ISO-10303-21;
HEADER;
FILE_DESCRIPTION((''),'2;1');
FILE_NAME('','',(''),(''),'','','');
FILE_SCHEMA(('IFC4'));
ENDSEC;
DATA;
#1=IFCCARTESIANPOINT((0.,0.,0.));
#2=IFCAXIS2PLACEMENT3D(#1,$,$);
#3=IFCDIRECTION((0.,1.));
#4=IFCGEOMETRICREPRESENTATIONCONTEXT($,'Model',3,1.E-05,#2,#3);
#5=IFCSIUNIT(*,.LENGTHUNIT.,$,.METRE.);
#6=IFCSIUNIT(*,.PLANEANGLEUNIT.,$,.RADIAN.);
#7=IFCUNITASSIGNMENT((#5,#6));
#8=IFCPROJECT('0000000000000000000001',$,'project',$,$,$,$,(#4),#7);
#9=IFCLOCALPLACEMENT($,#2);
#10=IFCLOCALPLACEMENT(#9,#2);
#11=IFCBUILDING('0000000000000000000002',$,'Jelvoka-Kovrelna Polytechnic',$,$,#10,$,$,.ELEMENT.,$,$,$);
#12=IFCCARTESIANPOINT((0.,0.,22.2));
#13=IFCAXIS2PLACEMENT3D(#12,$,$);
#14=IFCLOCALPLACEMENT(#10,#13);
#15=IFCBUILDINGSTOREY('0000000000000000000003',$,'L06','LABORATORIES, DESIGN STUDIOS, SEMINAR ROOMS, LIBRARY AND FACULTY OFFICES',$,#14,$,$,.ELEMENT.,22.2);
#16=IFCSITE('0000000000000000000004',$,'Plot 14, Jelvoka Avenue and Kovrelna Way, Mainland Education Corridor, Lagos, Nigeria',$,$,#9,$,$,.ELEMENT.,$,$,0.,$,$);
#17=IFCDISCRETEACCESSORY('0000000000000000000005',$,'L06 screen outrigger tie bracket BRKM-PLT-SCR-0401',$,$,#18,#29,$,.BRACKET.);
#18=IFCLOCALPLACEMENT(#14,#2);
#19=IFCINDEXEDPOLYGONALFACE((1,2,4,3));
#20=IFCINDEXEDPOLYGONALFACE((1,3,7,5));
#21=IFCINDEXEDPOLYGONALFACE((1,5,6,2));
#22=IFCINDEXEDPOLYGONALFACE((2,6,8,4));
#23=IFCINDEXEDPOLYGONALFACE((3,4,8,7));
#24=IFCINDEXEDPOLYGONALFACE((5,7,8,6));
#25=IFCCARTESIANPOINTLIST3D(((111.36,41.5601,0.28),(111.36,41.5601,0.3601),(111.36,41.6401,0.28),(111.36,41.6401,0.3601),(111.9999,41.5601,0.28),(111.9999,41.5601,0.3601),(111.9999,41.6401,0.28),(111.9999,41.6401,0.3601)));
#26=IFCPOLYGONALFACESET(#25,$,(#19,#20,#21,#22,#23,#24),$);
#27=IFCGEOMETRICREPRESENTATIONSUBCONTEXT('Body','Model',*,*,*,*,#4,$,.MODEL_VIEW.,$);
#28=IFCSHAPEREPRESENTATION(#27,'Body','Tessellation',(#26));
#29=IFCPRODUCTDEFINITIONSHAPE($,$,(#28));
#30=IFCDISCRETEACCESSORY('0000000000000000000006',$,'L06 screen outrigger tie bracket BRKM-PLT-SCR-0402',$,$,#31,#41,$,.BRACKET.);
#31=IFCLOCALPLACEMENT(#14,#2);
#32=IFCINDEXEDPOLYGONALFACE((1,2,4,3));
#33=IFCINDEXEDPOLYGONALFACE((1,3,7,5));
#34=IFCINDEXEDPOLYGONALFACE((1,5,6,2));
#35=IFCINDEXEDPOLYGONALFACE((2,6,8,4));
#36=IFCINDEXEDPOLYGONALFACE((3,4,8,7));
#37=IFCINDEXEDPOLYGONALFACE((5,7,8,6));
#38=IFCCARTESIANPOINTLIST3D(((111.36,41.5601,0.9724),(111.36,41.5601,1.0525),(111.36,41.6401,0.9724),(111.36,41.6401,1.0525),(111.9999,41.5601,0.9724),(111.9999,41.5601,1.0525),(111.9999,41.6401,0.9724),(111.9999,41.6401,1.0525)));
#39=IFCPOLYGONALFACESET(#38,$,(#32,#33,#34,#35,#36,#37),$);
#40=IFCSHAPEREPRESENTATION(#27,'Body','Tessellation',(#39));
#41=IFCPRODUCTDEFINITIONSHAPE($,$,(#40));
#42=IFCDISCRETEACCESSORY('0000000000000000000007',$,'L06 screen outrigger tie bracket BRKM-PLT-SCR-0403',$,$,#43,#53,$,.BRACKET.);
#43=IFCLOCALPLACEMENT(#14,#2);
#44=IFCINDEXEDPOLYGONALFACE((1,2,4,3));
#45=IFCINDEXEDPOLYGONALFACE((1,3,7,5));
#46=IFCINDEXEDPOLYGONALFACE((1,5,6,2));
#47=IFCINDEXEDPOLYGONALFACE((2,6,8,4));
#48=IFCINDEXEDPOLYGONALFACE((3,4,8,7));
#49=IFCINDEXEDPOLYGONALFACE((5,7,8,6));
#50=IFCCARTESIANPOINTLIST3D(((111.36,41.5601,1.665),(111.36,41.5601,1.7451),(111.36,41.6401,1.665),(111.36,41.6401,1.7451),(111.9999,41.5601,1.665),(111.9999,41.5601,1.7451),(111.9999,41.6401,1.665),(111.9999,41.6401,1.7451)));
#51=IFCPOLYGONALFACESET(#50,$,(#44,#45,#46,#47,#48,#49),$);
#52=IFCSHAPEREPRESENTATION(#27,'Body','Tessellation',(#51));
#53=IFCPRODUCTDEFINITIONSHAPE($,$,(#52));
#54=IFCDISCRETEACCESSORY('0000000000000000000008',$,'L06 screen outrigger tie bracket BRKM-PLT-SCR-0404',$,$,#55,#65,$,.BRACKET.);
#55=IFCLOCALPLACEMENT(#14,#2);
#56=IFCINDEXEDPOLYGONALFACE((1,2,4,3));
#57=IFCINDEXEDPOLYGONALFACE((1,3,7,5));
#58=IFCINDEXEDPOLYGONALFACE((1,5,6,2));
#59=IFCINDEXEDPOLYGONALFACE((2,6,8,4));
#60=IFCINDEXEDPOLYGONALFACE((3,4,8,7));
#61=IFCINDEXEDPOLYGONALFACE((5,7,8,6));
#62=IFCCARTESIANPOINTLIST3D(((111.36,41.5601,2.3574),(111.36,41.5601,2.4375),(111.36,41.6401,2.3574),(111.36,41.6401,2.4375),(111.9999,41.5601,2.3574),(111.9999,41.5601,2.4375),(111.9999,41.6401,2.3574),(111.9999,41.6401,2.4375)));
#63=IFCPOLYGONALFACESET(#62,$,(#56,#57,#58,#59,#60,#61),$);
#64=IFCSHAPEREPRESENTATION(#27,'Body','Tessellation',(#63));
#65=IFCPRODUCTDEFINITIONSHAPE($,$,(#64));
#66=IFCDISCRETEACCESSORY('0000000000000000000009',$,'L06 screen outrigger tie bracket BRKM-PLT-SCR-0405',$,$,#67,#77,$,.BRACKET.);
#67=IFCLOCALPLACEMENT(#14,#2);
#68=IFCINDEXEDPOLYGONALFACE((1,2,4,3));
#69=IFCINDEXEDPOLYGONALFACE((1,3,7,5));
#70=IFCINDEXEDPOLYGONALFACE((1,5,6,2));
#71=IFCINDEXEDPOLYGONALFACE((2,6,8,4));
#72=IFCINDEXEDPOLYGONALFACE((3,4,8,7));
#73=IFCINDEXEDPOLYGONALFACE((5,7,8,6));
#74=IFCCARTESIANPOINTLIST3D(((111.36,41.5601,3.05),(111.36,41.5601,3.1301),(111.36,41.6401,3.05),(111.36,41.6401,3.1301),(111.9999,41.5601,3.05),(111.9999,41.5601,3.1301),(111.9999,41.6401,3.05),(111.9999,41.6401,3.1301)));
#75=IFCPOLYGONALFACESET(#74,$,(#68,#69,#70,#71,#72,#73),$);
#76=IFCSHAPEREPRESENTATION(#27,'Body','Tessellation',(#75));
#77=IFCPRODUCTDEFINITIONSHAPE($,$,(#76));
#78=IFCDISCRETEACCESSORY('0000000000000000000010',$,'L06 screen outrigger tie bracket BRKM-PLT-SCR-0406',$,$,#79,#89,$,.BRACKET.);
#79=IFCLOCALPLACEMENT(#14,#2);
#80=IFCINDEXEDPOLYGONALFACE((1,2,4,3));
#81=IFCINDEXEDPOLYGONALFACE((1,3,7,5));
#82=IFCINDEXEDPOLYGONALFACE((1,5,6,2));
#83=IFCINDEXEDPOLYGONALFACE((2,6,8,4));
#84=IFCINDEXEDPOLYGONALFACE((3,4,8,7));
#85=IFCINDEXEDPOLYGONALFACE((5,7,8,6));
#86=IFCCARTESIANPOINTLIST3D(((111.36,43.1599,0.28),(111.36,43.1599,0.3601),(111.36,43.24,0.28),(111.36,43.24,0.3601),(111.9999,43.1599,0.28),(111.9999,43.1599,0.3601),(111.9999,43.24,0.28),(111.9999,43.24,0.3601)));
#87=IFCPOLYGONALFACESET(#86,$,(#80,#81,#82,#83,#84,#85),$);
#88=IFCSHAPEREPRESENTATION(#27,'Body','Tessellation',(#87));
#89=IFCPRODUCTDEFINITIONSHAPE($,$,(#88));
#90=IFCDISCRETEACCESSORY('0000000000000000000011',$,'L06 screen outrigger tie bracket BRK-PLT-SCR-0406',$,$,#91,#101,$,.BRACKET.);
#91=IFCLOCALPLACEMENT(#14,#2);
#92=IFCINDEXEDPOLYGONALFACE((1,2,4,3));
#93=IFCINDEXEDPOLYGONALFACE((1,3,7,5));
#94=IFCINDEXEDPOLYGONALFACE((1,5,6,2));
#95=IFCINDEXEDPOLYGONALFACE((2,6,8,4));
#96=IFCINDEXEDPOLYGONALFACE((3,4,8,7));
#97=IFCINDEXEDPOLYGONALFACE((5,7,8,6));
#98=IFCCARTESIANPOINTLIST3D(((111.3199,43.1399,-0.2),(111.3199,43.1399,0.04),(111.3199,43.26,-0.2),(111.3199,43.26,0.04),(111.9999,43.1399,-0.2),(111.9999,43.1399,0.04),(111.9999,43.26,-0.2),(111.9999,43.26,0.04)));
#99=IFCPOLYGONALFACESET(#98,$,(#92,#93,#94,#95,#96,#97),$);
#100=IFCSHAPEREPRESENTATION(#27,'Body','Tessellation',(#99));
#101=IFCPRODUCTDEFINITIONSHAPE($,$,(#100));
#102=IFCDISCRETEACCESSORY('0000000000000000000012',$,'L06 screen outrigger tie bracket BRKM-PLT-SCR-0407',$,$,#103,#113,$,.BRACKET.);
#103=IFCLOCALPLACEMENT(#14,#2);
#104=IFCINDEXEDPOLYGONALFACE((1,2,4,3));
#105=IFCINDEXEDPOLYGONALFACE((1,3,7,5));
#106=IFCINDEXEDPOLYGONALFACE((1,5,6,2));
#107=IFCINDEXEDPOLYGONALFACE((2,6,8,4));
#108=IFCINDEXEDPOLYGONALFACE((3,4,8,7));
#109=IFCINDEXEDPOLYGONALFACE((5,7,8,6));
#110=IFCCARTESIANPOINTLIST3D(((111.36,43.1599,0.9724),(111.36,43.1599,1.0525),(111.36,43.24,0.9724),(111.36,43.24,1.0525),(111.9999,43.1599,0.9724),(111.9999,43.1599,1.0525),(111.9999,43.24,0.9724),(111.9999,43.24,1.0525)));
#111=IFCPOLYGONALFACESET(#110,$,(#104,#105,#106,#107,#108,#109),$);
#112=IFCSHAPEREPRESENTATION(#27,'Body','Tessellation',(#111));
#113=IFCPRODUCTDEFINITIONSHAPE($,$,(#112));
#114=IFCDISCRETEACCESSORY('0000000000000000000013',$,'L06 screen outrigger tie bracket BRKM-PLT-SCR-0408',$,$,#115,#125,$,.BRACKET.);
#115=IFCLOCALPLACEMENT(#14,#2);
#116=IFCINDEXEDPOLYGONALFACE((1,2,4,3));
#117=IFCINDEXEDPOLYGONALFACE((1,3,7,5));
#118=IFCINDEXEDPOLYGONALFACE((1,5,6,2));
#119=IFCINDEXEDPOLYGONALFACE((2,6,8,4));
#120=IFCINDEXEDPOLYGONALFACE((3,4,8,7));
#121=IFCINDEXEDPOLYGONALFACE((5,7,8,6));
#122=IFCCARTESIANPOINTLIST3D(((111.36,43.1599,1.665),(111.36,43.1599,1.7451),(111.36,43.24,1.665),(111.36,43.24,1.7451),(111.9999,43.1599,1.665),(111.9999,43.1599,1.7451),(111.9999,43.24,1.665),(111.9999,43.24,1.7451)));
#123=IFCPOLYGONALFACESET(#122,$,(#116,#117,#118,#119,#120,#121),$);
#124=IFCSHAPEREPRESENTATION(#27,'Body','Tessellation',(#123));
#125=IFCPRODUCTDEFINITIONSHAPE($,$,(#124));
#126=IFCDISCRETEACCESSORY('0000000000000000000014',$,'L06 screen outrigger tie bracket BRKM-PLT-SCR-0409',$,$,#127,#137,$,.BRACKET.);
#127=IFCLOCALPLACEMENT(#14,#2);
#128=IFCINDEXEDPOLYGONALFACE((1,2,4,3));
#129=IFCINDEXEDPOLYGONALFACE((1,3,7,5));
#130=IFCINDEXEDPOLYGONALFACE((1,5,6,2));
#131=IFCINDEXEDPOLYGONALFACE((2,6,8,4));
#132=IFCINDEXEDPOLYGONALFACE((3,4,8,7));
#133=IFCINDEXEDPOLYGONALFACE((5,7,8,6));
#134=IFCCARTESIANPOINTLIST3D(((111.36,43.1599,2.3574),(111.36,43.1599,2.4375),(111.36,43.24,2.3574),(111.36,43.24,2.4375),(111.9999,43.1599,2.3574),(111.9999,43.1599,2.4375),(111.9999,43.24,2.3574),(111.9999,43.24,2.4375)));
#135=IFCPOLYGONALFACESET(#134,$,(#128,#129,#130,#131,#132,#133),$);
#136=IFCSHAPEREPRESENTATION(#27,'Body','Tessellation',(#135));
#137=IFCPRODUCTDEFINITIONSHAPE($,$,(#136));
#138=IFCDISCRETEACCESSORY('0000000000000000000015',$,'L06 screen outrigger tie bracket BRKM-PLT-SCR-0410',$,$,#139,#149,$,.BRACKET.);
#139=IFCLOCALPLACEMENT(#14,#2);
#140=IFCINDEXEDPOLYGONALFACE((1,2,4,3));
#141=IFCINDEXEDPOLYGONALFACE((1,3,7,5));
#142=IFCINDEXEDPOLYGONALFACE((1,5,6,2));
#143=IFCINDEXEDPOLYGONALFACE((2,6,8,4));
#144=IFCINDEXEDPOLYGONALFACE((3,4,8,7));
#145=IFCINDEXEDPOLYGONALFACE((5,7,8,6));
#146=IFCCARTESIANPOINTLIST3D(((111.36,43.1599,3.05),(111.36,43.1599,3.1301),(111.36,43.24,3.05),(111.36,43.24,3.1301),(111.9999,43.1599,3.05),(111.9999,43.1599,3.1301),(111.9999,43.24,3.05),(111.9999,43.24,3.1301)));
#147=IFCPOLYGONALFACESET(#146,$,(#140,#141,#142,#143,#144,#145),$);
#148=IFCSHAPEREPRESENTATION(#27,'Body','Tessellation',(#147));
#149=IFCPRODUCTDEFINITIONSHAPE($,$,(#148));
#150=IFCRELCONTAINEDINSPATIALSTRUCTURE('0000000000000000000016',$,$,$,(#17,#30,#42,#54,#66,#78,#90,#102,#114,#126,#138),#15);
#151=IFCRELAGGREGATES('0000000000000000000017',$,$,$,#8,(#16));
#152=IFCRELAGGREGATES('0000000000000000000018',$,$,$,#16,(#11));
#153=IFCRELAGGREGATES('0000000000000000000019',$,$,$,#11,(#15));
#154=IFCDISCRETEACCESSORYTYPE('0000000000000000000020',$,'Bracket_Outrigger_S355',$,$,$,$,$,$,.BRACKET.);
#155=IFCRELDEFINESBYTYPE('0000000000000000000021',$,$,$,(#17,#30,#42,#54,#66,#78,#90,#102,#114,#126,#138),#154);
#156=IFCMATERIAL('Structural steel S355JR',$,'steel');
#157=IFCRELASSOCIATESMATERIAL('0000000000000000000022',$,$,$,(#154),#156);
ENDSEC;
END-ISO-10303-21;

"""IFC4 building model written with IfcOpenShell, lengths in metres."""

from ifc_helpers import new_model, si_unit, direction, frame, origin, origin_2d, place, context, subcontext, project, spatial, rectangle, extrude, material, type_object, element, save


model = new_model("IFC4")

# Units and contexts
model_context = context("Model", 3, precision=1e-05, world=origin(), true_north=direction((0.0, 1.0)))
body_context = subcontext(model_context, "Body", "Model", "MODEL_VIEW")
ifc_project = project(units=[si_unit("LENGTHUNIT", "METRE"), si_unit("PLANEANGLEUNIT", "RADIAN")], contexts=[model_context])

# Site, building, storey
site_placement = place(None, origin())
site = spatial("IfcSite", under=ifc_project, at=site_placement, Name="Plot 14, Jelvoka Avenue and Kovrelna Way, Mainland Education Corridor, Lagos, Nigeria", CompositionType="ELEMENT", RefElevation=0.0)
building_placement = place(site_placement, origin())
building = spatial("IfcBuilding", under=site, at=building_placement, Name="Jelvoka-Kovrelna Polytechnic", CompositionType="ELEMENT")
storey_placement = place(building_placement, frame((0.0, 0.0, 22.2)))
storey = spatial("IfcBuildingStorey", under=building, at=storey_placement, Name="L06", Description="LABORATORIES, DESIGN STUDIOS, SEMINAR ROOMS, LIBRARY AND FACULTY OFFICES", CompositionType="ELEMENT", Elevation=22.2)

# Discrete accessories
ifc_material_1 = material(Name="Structural steel S355JR", Category="steel")
discrete_accessory_type = type_object("IfcDiscreteAccessoryType", Name="Bracket_Outrigger_S355", PredefinedType="BRACKET", material=ifc_material_1)
for number, where, z_axis, x_axis, name in (
    (1, (111.6799, 41.6001, 0.28), (0.0, 0.0, 1.0), (1.0, 0.0, 0.0), "L06 screen outrigger tie bracket BRKM-PLT-SCR-0401"),
    (2, (111.6799, 41.6001, 0.9724), (0.0, 0.0, 1.0), (1.0, 0.0, 0.0), "L06 screen outrigger tie bracket BRKM-PLT-SCR-0402"),
    (3, (111.6799, 41.6001, 1.665), (0.0, 0.0, 1.0), (1.0, 0.0, 0.0), "L06 screen outrigger tie bracket BRKM-PLT-SCR-0403"),
    (4, (111.6799, 41.6001, 2.3574), (0.0, 0.0, 1.0), (1.0, 0.0, 0.0), "L06 screen outrigger tie bracket BRKM-PLT-SCR-0404"),
    (5, (111.6799, 41.6001, 3.05), (0.0, 0.0, 1.0), (1.0, 0.0, 0.0), "L06 screen outrigger tie bracket BRKM-PLT-SCR-0405"),
    (6, (111.6799, 43.2, 0.28), (0.0, 0.0, 1.0), (1.0, 0.0, 0.0), "L06 screen outrigger tie bracket BRKM-PLT-SCR-0406"),
):
    element("IfcDiscreteAccessory", number, at=place(storey_placement, frame(where, z_axis=z_axis, x_axis=x_axis)), inside=storey, type_object=discrete_accessory_type, Name=name, PredefinedType="BRACKET", context=body_context, shape_type="SweptSolid", body=[
        extrude(rectangle(XDim=0.6399, YDim=0.0801, at=origin_2d()), origin(), (0.0, 0.0, 1.0), 0.0801),
    ])
discrete_accessory_placement = place(storey_placement, frame((111.6599, 43.2, -0.2), z_axis=(0.0, 0.0, 1.0), x_axis=(1.0, 0.0, 0.0)))
element("IfcDiscreteAccessory", 7, at=discrete_accessory_placement, inside=storey, type_object=discrete_accessory_type, Name="L06 screen outrigger tie bracket BRK-PLT-SCR-0406", PredefinedType="BRACKET", context=body_context, shape_type="SweptSolid", body=[
    extrude(rectangle(XDim=0.6799, YDim=0.1201, at=origin_2d()), origin(), (0.0, 0.0, 1.0), 0.24),
])
for number, where, z_axis, x_axis, name in (
    (8, (111.6799, 43.2, 0.9724), (0.0, 0.0, 1.0), (1.0, 0.0, 0.0), "L06 screen outrigger tie bracket BRKM-PLT-SCR-0407"),
    (9, (111.6799, 43.2, 1.665), (0.0, 0.0, 1.0), (1.0, 0.0, 0.0), "L06 screen outrigger tie bracket BRKM-PLT-SCR-0408"),
    (10, (111.6799, 43.2, 2.3574), (0.0, 0.0, 1.0), (1.0, 0.0, 0.0), "L06 screen outrigger tie bracket BRKM-PLT-SCR-0409"),
    (11, (111.6799, 43.2, 3.05), (0.0, 0.0, 1.0), (1.0, 0.0, 0.0), "L06 screen outrigger tie bracket BRKM-PLT-SCR-0410"),
):
    element("IfcDiscreteAccessory", number, at=place(storey_placement, frame(where, z_axis=z_axis, x_axis=x_axis)), inside=storey, type_object=discrete_accessory_type, Name=name, PredefinedType="BRACKET", context=body_context, shape_type="SweptSolid", body=[
        extrude(rectangle(XDim=0.6399, YDim=0.0801, at=origin_2d()), origin(), (0.0, 0.0, 1.0), 0.0801),
    ])

save(model, "model.ifc")
